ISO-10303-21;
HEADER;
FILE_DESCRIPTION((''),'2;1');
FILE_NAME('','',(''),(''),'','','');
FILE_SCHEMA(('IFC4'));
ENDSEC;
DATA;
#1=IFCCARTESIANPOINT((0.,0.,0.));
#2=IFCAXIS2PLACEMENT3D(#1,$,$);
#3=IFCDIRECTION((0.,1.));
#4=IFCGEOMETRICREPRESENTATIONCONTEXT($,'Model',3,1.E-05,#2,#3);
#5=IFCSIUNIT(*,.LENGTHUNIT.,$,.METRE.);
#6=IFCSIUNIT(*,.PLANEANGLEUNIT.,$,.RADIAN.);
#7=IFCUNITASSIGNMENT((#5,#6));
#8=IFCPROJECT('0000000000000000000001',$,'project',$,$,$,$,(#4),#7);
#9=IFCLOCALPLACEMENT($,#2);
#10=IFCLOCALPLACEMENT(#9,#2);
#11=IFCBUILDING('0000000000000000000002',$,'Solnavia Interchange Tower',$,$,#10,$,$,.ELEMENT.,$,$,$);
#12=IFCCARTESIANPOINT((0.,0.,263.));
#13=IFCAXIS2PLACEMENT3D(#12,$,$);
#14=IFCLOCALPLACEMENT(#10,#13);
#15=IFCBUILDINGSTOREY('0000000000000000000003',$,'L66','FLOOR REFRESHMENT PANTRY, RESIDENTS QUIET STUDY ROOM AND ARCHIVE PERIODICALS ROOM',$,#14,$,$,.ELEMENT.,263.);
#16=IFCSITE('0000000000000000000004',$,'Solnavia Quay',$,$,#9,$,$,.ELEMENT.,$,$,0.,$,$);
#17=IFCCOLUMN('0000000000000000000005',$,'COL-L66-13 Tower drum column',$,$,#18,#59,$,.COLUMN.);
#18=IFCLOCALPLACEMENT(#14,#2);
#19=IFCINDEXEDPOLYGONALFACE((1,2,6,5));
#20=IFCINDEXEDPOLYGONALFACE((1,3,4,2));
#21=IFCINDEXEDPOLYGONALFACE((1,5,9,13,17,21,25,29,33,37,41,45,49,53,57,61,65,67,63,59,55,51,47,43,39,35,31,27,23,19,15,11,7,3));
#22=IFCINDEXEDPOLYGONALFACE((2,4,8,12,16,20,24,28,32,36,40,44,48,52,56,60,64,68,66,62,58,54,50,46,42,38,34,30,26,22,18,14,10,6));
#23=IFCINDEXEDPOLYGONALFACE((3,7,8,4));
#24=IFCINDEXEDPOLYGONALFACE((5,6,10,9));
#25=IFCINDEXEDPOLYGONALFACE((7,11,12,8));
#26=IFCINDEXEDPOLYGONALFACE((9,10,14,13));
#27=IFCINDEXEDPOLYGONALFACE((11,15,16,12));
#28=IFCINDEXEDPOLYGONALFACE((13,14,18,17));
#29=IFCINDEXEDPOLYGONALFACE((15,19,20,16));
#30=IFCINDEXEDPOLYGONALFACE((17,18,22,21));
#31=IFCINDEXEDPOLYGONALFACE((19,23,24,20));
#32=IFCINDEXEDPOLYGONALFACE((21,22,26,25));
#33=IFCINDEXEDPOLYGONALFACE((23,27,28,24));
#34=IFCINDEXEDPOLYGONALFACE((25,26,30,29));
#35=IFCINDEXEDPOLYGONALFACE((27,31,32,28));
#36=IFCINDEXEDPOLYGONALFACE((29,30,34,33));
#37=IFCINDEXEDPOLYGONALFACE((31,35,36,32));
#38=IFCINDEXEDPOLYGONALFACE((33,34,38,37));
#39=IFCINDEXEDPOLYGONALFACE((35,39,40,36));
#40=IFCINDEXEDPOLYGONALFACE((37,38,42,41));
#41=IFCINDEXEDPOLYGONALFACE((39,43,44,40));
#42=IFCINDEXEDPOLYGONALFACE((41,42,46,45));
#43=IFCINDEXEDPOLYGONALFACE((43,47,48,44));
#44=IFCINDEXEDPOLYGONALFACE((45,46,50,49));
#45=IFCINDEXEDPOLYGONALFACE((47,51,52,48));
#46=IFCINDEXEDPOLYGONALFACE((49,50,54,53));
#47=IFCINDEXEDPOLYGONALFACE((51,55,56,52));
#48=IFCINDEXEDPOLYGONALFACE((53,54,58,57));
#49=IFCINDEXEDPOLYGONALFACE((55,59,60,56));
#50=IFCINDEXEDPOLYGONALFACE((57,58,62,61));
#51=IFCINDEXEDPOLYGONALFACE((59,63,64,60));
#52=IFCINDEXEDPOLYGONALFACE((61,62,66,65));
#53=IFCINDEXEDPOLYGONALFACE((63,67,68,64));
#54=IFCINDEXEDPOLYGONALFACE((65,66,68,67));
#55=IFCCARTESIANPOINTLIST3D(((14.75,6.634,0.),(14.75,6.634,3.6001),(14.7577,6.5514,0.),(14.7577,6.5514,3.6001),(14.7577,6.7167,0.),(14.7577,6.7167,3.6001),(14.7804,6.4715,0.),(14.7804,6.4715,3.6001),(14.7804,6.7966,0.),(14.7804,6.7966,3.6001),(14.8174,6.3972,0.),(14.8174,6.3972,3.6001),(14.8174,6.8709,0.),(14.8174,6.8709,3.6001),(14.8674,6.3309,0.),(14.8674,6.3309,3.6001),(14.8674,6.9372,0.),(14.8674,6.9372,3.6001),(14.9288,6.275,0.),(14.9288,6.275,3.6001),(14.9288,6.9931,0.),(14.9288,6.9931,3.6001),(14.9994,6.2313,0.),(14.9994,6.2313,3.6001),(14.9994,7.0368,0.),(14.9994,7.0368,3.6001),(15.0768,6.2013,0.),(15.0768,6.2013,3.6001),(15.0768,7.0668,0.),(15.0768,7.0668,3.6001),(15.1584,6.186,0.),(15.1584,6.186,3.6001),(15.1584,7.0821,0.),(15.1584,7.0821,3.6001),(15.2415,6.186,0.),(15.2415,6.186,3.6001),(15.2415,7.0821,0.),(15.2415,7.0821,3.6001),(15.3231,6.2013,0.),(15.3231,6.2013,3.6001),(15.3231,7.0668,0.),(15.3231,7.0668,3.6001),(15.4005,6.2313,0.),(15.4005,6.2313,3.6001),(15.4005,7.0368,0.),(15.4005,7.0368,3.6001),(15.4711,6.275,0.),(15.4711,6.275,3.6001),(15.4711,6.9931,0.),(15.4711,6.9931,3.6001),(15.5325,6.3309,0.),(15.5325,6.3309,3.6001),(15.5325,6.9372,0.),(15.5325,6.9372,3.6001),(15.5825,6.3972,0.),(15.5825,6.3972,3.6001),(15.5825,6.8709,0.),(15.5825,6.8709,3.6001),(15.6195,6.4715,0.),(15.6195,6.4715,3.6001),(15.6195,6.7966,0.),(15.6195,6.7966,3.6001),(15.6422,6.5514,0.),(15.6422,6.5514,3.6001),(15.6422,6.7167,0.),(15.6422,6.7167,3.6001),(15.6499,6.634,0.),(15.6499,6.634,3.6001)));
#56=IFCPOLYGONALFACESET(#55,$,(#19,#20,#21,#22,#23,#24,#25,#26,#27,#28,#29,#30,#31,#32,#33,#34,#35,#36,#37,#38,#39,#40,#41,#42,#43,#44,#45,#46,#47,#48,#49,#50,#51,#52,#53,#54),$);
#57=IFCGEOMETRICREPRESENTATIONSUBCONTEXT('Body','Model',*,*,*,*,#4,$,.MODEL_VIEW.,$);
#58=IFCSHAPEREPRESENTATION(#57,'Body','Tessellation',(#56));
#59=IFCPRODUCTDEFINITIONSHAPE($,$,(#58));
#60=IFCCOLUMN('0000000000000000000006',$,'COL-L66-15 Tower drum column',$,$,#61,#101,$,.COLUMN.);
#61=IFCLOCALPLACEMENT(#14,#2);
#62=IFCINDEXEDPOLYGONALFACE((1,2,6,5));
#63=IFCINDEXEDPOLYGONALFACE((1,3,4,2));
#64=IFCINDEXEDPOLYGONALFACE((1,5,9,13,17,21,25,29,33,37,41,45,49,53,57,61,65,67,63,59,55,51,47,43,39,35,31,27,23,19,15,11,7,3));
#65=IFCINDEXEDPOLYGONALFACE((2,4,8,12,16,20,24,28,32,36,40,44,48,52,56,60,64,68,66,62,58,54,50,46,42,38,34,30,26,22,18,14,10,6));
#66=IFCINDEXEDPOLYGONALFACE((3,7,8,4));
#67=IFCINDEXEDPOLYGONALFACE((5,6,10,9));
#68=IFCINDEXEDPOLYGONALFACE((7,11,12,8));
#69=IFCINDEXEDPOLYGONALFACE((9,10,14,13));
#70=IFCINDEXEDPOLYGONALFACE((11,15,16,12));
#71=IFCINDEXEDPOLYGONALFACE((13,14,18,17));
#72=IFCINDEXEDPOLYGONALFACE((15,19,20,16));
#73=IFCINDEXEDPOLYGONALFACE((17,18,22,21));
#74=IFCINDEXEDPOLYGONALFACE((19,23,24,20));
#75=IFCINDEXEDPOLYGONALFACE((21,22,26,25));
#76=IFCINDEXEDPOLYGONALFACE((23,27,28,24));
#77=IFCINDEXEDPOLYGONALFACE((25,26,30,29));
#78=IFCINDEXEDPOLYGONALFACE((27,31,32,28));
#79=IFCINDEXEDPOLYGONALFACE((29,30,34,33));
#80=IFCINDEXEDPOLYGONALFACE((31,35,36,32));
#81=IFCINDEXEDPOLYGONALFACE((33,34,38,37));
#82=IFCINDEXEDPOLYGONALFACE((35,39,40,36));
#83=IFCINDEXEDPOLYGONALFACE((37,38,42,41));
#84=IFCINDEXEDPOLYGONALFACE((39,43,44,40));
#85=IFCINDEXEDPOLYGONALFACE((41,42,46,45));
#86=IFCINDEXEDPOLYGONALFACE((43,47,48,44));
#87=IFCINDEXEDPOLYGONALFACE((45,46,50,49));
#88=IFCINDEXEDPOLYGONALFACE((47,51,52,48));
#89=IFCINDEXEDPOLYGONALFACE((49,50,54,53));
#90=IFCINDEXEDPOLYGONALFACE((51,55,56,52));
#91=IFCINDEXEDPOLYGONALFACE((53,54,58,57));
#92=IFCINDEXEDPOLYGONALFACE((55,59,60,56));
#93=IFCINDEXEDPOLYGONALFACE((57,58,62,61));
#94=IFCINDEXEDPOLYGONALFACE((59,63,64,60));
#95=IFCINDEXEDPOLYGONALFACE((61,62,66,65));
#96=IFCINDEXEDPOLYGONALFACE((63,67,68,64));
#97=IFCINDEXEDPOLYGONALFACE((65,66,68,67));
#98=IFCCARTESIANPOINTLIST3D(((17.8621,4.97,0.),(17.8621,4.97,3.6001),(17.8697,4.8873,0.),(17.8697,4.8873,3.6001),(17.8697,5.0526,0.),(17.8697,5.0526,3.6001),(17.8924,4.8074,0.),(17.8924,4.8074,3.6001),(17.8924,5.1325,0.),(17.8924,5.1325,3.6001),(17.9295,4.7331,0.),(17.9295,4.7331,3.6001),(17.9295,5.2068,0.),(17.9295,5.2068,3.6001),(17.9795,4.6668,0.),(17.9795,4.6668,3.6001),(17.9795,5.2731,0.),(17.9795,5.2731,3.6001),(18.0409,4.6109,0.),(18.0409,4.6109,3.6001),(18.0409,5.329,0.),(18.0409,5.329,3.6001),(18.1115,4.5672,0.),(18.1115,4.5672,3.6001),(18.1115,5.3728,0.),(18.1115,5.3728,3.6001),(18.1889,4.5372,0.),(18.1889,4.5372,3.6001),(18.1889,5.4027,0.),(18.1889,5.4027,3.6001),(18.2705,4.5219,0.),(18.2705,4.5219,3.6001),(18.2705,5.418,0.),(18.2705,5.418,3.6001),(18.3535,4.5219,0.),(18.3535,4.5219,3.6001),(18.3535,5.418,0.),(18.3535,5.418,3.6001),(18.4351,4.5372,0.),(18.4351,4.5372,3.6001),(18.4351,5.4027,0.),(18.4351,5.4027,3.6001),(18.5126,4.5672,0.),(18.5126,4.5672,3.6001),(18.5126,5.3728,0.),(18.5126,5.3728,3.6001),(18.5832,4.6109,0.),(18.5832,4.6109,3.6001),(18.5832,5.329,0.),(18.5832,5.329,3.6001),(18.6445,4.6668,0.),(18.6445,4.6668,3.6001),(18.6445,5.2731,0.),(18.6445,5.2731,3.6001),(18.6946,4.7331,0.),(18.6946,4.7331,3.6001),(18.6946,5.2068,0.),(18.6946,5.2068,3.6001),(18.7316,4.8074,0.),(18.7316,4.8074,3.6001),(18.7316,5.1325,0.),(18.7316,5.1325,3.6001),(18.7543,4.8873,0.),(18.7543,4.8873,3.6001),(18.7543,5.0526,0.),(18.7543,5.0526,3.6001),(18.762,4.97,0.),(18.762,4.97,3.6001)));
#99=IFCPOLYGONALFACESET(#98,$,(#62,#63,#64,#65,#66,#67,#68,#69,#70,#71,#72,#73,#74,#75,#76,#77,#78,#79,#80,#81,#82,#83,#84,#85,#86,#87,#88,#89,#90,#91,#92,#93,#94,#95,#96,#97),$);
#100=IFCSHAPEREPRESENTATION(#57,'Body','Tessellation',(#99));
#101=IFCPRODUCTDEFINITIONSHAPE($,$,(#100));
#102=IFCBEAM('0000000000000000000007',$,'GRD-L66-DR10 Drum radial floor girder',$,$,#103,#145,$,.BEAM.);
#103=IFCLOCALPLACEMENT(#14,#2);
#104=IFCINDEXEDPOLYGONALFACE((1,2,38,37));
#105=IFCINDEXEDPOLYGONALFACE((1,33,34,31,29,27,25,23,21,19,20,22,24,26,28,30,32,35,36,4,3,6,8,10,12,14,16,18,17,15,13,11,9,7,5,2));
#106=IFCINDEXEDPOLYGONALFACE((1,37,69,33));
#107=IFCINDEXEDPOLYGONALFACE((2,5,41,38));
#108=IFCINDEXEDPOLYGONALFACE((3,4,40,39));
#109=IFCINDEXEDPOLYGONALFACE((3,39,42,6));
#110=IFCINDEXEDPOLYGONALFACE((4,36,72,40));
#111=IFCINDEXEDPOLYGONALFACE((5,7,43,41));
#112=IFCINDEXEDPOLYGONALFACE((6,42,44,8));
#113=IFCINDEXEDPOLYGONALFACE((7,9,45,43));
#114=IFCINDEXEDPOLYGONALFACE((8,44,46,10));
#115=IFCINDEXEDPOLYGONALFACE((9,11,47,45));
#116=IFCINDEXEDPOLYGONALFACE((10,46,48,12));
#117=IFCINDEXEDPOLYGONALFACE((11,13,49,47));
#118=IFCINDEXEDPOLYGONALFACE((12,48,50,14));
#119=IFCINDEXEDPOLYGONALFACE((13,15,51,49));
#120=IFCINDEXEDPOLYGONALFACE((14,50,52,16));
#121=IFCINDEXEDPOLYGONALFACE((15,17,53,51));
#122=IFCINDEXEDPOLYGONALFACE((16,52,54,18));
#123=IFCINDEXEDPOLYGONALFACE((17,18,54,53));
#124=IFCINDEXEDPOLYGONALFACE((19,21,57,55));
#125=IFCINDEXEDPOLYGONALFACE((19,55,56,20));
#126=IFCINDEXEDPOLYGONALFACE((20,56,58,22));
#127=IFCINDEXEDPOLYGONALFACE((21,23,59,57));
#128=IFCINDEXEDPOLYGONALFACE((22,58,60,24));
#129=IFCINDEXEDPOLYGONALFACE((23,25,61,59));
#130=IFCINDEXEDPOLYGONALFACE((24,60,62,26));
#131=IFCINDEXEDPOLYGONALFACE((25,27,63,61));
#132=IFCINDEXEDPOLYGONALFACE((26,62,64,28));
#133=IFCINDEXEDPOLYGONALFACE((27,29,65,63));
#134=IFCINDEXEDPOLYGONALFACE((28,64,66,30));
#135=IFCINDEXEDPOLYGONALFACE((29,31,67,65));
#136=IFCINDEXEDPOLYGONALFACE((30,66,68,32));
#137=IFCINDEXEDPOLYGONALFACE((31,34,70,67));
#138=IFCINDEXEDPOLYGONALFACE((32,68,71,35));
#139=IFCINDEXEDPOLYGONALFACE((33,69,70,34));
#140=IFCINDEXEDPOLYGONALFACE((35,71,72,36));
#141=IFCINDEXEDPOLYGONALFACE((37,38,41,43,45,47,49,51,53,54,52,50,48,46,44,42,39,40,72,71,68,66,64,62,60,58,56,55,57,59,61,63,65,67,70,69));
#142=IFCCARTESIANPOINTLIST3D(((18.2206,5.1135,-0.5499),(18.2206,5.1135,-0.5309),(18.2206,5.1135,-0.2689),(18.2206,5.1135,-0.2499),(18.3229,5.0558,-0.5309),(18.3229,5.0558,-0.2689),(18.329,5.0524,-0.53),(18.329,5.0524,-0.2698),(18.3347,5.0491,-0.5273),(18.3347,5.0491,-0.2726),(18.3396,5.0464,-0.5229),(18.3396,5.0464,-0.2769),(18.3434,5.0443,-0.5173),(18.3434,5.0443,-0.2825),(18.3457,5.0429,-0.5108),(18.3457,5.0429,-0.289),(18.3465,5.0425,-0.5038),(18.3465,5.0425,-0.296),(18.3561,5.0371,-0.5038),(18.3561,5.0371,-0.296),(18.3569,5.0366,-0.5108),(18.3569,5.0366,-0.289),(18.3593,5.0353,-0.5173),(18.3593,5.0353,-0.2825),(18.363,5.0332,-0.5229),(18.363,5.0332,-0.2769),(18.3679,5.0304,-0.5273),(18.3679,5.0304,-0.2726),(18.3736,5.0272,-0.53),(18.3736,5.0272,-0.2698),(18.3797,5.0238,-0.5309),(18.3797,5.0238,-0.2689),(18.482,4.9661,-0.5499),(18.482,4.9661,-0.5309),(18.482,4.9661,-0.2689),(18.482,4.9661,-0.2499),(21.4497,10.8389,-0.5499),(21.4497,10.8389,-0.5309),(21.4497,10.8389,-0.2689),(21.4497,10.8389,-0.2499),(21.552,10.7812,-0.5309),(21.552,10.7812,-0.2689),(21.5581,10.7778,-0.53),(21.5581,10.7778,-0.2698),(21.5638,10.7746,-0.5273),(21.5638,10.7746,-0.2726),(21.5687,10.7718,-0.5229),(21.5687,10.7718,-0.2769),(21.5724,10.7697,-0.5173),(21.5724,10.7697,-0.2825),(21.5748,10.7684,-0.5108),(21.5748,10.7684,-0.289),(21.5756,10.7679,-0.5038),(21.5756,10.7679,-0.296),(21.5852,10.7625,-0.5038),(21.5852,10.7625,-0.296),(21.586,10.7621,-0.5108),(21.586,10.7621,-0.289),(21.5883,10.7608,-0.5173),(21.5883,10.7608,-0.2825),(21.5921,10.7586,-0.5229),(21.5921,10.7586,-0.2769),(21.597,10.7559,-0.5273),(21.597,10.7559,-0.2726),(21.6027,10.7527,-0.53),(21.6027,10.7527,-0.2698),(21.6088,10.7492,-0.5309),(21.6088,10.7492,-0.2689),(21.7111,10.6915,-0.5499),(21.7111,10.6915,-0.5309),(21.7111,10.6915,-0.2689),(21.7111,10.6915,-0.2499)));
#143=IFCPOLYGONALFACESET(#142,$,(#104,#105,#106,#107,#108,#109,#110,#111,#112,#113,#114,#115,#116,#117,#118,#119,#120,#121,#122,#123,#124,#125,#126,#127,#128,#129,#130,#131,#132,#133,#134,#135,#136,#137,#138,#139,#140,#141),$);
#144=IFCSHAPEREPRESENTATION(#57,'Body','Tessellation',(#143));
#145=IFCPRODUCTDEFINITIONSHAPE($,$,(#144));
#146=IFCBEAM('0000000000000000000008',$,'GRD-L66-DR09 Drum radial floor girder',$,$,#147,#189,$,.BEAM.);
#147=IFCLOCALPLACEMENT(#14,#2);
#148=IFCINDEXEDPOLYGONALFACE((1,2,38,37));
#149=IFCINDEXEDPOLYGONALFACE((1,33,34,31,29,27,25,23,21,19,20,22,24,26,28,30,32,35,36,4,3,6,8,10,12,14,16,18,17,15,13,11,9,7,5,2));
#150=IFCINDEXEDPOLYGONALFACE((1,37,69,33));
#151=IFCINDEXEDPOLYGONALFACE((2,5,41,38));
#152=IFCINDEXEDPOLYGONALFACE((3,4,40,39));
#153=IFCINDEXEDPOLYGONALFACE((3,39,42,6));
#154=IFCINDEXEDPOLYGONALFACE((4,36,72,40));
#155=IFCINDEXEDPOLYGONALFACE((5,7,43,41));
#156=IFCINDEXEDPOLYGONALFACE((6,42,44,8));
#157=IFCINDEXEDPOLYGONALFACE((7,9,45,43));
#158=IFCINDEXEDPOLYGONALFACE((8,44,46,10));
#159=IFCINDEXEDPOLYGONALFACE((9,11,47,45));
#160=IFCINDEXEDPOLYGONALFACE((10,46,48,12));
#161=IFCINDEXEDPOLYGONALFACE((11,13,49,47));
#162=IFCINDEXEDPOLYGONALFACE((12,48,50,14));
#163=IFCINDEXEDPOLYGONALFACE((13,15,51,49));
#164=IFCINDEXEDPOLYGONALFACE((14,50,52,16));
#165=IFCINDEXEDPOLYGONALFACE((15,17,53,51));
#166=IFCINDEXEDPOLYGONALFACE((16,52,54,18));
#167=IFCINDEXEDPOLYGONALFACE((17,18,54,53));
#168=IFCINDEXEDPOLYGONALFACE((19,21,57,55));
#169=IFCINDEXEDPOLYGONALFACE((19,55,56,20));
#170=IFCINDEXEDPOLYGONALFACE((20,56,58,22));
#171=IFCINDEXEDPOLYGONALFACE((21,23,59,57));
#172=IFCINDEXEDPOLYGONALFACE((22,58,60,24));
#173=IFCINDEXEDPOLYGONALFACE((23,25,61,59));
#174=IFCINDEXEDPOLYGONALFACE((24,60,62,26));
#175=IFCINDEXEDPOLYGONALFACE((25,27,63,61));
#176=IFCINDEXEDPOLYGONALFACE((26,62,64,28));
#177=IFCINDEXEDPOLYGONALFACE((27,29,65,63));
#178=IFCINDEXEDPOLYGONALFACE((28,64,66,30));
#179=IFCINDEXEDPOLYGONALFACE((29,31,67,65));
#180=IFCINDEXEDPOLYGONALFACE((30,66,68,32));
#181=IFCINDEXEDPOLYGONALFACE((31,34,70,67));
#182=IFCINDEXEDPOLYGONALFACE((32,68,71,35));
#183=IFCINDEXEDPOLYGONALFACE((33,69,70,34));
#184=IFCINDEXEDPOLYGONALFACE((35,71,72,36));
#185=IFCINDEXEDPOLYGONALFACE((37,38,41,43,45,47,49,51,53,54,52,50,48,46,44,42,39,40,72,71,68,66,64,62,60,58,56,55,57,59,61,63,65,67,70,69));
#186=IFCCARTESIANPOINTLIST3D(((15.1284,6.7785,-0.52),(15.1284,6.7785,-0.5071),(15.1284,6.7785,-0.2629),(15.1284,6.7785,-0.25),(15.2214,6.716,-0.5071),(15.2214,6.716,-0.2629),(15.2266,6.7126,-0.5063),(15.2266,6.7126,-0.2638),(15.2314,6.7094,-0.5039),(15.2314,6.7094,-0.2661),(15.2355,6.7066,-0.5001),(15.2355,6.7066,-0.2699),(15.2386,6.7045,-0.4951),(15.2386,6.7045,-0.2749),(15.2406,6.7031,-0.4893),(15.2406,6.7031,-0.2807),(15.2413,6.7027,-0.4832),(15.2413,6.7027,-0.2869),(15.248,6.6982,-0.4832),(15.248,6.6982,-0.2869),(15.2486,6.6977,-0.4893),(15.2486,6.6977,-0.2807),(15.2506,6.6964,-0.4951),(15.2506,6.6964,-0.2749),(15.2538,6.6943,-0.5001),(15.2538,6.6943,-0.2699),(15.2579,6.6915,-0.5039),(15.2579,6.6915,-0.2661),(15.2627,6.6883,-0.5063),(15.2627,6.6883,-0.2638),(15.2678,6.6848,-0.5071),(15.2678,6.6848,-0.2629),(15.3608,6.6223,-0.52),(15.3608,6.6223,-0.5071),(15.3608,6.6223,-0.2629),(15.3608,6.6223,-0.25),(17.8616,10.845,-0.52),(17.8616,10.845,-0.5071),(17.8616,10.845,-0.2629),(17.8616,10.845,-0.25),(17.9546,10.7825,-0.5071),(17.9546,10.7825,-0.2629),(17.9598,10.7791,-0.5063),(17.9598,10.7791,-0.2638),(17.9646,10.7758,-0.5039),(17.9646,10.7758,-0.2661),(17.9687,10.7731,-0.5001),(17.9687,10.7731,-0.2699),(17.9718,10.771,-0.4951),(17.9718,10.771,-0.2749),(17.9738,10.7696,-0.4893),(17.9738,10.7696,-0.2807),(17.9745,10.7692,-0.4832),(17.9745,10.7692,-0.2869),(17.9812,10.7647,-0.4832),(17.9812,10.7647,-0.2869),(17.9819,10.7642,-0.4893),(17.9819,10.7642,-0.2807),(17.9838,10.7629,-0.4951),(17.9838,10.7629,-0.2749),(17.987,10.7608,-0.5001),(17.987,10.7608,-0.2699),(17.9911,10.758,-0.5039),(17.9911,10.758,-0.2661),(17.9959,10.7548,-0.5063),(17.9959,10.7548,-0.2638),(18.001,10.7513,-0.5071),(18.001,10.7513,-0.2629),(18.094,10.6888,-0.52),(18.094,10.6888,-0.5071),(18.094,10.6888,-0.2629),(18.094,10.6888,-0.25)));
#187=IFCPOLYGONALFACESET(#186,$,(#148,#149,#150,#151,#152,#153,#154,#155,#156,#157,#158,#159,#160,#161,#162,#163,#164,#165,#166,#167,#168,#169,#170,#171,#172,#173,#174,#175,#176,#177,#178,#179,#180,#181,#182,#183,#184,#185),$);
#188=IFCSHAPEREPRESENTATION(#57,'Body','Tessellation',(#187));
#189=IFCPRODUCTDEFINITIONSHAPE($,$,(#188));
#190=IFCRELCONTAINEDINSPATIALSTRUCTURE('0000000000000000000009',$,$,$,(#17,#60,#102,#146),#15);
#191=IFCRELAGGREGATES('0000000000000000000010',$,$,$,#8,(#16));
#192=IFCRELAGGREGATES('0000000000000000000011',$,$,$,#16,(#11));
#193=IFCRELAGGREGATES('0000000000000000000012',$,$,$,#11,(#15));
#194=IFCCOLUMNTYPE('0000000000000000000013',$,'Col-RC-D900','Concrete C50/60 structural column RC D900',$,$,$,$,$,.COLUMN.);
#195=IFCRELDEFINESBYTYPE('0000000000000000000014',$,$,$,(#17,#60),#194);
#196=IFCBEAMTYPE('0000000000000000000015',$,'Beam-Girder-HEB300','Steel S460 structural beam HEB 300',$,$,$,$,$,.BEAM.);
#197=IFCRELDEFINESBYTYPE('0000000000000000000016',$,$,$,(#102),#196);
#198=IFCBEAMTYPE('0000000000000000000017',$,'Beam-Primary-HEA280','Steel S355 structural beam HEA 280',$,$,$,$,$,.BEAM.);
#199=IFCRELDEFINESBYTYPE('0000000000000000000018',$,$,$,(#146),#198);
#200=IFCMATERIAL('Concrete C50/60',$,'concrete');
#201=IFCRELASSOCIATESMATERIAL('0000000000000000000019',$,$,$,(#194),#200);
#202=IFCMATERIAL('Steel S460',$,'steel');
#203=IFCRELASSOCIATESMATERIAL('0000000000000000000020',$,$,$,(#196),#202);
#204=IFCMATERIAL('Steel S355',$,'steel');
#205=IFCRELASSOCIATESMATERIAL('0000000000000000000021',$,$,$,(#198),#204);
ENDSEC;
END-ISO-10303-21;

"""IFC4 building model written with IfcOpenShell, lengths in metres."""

from ifc_helpers import new_model, si_unit, direction, frame, origin, origin_2d, place, context, subcontext, project, spatial, circle, i_section, extrude, material, material_profile, profile_set, type_object, element, save


model = new_model("IFC4")

# Units and contexts
model_context = context("Model", 3, precision=1e-05, world=origin(), true_north=direction((0.0, 1.0)))
body_context = subcontext(model_context, "Body", "Model", "MODEL_VIEW")
ifc_project = project(units=[si_unit("LENGTHUNIT", "METRE"), si_unit("PLANEANGLEUNIT", "RADIAN")], contexts=[model_context])

# Site, building, storey
site_placement = place(None, origin())
site = spatial("IfcSite", under=ifc_project, at=site_placement, Name="Solnavia Quay", CompositionType="ELEMENT", RefElevation=0.0)
building_placement = place(site_placement, origin())
building = spatial("IfcBuilding", under=site, at=building_placement, Name="Solnavia Interchange Tower", CompositionType="ELEMENT")
storey_placement = place(building_placement, frame((0.0, 0.0, 263.0)))
storey = spatial("IfcBuildingStorey", under=building, at=storey_placement, Name="L66", Description="FLOOR REFRESHMENT PANTRY, RESIDENTS QUIET STUDY ROOM AND ARCHIVE PERIODICALS ROOM", CompositionType="ELEMENT", Elevation=263.0)

# Columns
ifc_material_1 = material(Name="Concrete C50/60", Category="concrete")
ifc_material_profile_1 = material_profile(ifc_material_1, circle(Radius=0.45, at=origin_2d()), Name="RC D900")
ifc_profile_set_1 = profile_set([ifc_material_profile_1], Name="Concrete C50/60")
column_type = type_object("IfcColumnType", Name="Col-RC-D900", Description="Concrete C50/60 structural column RC D900", PredefinedType="COLUMN", material=ifc_profile_set_1)
for number, where, z_axis, x_axis, name in (
    (1, (15.2, 6.634, 0.0), (0.0, 0.0, 1.0), (1.0, 0.0, 0.0), "COL-L66-13 Tower drum column"),
    (2, (18.312, 4.97, 0.0), (0.0, 0.0, 1.0), (1.0, 0.0, 0.0), "COL-L66-15 Tower drum column"),
):
    element("IfcColumn", number, at=place(storey_placement, frame(where, z_axis=z_axis, x_axis=x_axis)), inside=storey, type_object=column_type, Name=name, PredefinedType="COLUMN", context=body_context, shape_type="SweptSolid", body=[
        extrude(circle(Radius=0.45, at=origin_2d()), origin(), (0.0, 0.0, 1.0), 3.6001),
    ])

# Beams
ifc_material_2 = material(Name="Steel S460", Category="steel")
ifc_material_profile_2 = material_profile(ifc_material_2, i_section(OverallWidth=0.3, OverallDepth=0.3, WebThickness=0.011, FlangeThickness=0.019, FilletRadius=0.0271, at=origin_2d()), Name="HEB 300")
ifc_profile_set_2 = profile_set([ifc_material_profile_2], Name="Steel S460")
beam_type_1 = type_object("IfcBeamType", Name="Beam-Girder-HEB300", Description="Steel S460 structural beam HEB 300", PredefinedType="BEAM", material=ifc_profile_set_2)
beam_1_placement = place(storey_placement, frame((18.3513, 5.0398, -0.3999), z_axis=(0.491243, 0.871022, 0.0), x_axis=(-0.871022, 0.491243, 0.0)))
element("IfcBeam", 3, at=beam_1_placement, inside=storey, type_object=beam_type_1, Name="GRD-L66-DR10 Drum radial floor girder", PredefinedType="BEAM", context=body_context, shape_type="SweptSolid", body=[
    extrude(i_section(OverallWidth=0.3, OverallDepth=0.3, WebThickness=0.011, FlangeThickness=0.019, FilletRadius=0.0271, at=origin_2d()), origin(), (0.0, 0.0, 1.0), 6.5732),
])
ifc_material_3 = material(Name="Steel S355", Category="steel")
ifc_material_profile_3 = material_profile(ifc_material_3, i_section(OverallWidth=0.28, OverallDepth=0.27, WebThickness=0.0081, FlangeThickness=0.0129, FilletRadius=0.0239, at=origin_2d()), Name="HEA 280")
ifc_profile_set_3 = profile_set([ifc_material_profile_3], Name="Steel S355")
beam_type_2 = type_object("IfcBeamType", Name="Beam-Primary-HEA280", Description="Steel S355 structural beam HEA 280", PredefinedType="BEAM", material=ifc_profile_set_3)
beam_2_placement = place(storey_placement, frame((15.2446, 6.7004, -0.385), z_axis=(0.557835, 0.829952, 0.0), x_axis=(-0.829952, 0.557835, 0.0)))
element("IfcBeam", 4, at=beam_2_placement, inside=storey, type_object=beam_type_2, Name="GRD-L66-DR09 Drum radial floor girder", PredefinedType="BEAM", context=body_context, shape_type="SweptSolid", body=[
    extrude(i_section(OverallWidth=0.28, OverallDepth=0.27, WebThickness=0.0081, FlangeThickness=0.0129, FilletRadius=0.0239, at=origin_2d()), origin(), (0.0, 0.0, 1.0), 4.8997),
])

save(model, "model.ifc")
